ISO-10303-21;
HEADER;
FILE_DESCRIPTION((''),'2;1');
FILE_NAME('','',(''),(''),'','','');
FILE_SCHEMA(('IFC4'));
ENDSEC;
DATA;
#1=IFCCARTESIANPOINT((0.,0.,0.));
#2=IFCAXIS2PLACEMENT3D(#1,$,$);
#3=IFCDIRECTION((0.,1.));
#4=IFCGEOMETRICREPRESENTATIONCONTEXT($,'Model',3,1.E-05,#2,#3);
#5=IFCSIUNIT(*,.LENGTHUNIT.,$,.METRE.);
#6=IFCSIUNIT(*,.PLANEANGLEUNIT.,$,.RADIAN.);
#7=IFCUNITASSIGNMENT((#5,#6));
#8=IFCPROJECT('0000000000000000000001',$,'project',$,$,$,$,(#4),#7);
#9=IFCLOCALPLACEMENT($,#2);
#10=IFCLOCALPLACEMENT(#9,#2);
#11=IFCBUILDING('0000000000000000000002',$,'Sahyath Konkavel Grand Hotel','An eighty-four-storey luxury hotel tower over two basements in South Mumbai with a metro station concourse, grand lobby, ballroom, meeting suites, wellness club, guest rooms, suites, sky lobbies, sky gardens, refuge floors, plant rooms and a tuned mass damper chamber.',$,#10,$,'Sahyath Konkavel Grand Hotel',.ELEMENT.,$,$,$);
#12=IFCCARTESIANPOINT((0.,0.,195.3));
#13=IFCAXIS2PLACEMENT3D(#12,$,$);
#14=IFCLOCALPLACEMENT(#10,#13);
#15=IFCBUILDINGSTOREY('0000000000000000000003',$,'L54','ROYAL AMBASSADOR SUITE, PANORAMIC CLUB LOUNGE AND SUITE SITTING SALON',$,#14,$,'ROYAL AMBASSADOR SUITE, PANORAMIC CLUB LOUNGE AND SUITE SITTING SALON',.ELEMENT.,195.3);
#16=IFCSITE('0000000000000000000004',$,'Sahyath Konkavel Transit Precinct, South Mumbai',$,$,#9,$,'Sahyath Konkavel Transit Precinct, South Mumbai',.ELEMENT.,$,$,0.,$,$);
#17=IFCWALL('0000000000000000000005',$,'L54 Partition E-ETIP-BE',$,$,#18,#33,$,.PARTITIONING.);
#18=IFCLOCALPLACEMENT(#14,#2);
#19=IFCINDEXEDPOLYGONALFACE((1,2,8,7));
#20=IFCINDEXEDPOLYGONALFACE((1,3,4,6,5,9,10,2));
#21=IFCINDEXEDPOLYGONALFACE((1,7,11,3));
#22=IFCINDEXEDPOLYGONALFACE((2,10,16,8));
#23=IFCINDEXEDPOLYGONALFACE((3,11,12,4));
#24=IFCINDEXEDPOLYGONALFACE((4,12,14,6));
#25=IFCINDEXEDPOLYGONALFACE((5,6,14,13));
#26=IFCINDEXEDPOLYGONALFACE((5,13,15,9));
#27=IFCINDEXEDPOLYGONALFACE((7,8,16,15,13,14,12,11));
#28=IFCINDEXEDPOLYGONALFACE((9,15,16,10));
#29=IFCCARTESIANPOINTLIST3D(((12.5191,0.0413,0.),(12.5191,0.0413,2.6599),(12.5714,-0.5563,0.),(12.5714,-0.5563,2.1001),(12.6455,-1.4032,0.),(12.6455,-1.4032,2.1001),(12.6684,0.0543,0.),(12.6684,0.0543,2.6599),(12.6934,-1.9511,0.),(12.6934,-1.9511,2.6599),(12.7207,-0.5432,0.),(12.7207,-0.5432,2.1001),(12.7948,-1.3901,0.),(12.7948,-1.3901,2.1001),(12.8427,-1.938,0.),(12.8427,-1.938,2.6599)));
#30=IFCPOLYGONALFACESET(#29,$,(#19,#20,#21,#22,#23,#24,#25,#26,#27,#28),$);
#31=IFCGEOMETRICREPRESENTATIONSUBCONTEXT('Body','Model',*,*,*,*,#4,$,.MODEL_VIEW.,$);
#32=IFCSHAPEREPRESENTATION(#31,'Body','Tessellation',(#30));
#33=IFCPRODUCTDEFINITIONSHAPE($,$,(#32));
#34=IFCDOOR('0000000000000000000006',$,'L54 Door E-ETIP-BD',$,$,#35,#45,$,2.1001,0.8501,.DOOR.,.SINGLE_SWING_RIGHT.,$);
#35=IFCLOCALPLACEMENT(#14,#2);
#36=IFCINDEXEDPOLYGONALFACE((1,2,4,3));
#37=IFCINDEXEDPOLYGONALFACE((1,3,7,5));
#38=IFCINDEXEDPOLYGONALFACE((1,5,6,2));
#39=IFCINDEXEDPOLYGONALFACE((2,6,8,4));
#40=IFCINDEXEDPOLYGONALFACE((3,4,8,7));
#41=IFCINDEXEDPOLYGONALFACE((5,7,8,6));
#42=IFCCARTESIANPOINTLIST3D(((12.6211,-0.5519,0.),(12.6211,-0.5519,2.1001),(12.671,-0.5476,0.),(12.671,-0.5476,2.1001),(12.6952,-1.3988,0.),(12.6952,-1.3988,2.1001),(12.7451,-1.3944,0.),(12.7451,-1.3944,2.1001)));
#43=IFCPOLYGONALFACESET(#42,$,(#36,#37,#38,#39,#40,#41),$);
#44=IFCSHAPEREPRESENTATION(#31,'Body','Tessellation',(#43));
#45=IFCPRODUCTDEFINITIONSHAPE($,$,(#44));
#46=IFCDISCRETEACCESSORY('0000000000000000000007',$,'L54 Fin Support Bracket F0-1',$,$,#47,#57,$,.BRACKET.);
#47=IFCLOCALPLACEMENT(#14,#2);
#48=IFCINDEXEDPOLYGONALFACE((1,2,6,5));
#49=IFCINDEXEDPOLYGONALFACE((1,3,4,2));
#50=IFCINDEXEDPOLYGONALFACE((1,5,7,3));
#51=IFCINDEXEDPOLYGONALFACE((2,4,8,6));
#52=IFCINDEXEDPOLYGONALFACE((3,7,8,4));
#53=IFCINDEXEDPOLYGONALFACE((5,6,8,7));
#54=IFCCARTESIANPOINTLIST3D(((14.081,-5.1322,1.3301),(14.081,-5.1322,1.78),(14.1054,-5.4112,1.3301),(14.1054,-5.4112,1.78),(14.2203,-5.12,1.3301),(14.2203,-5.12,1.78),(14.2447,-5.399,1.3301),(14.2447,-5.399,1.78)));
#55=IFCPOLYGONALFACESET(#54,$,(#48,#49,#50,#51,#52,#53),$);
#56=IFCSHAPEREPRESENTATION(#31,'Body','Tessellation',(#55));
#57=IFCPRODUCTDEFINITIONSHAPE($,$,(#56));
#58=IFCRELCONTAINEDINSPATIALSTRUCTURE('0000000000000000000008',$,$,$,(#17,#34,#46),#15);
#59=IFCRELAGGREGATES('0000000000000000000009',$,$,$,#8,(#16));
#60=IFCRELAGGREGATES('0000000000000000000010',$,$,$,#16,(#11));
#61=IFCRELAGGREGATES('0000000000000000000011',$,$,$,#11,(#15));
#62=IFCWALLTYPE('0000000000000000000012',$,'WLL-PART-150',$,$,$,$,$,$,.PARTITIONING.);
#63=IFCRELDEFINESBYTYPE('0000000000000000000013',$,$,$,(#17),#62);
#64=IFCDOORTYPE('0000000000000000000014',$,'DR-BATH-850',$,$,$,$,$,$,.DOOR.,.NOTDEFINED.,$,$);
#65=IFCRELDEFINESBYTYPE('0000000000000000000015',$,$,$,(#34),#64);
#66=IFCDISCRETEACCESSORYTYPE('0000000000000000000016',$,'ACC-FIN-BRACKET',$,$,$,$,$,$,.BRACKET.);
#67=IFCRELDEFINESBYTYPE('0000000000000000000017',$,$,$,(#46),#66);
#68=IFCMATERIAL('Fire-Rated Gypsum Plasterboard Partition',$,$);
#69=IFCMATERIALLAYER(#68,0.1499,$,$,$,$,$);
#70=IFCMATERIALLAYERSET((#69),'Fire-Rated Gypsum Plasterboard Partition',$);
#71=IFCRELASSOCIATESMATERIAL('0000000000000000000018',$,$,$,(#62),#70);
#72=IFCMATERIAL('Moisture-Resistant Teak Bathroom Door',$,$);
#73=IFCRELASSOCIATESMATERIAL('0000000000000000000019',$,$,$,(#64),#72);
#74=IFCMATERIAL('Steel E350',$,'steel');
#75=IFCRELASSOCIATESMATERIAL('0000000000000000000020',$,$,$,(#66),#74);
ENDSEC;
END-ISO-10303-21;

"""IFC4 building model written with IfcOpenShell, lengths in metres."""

from ifc_helpers import new_model, si_unit, direction, frame, frame_2d, origin, origin_2d, place, context, subcontext, project, spatial, rectangle, extrude, source, transform, mapped, material, layer, layer_set, type_object, element, fill, save


model = new_model("IFC4")

# Units and contexts
model_context = context("Model", 3, precision=1e-05, world=origin(), true_north=direction((0.0, 1.0)))
body_context = subcontext(model_context, "Body", "Model", "MODEL_VIEW")
ifc_project = project(units=[si_unit("LENGTHUNIT", "METRE"), si_unit("PLANEANGLEUNIT", "RADIAN")], contexts=[model_context])

# Site, building, storey
site_placement = place(None, origin())
site = spatial("IfcSite", under=ifc_project, at=site_placement, Name="Sahyath Konkavel Transit Precinct, South Mumbai", LongName="Sahyath Konkavel Transit Precinct, South Mumbai", CompositionType="ELEMENT", RefElevation=0.0)
building_placement = place(site_placement, origin())
building = spatial("IfcBuilding", under=site, at=building_placement, Name="Sahyath Konkavel Grand Hotel", Description="An eighty-four-storey luxury hotel tower over two basements in South Mumbai with a metro station concourse, grand lobby, ballroom, meeting suites, wellness club, guest rooms, suites, sky lobbies, sky gardens, refuge floors, plant rooms and a tuned mass damper chamber.", LongName="Sahyath Konkavel Grand Hotel", CompositionType="ELEMENT")
storey_placement = place(building_placement, frame((0.0, 0.0, 195.3)))
storey = spatial("IfcBuildingStorey", under=building, at=storey_placement, Name="L54", Description="ROYAL AMBASSADOR SUITE, PANORAMIC CLUB LOUNGE AND SUITE SITTING SALON", LongName="ROYAL AMBASSADOR SUITE, PANORAMIC CLUB LOUNGE AND SUITE SITTING SALON", CompositionType="ELEMENT", Elevation=195.3)

# Shared definitions
ifc_material_1 = material(Name="Steel E350", Category="steel")

# Shared definitions
ifc_material_2 = material(Name="Fire-Rated Gypsum Plasterboard Partition")
ifc_layer_1 = layer(ifc_material_2, 0.1499)
ifc_layer_set_1 = layer_set([ifc_layer_1], Name="Fire-Rated Gypsum Plasterboard Partition")
wall_type_1 = type_object("IfcWallType", Name="WLL-PART-150", PredefinedType="PARTITIONING", material=ifc_layer_set_1)
shared_shape_1 = source(origin(), body_context, "Body", "SweptSolid", [
    extrude(rectangle(XDim=0.8501, YDim=0.05, at=origin_2d()), origin(), (0.0, 0.0, 1.0), 2.1001),
])

# Wall, opening, door
wall_1_placement = place(storey_placement, frame((12.7681, -1.9446, 0.0), z_axis=(0.0, 0.0, 1.0), x_axis=(-0.087156, 0.996195, 0.0)))
wall_1 = element("IfcWall", 1, at=wall_1_placement, inside=storey, type_object=wall_type_1, Name="L54 Partition E-ETIP-BE", PredefinedType="PARTITIONING", context=body_context, shape_type="SweptSolid", body=[
    extrude(rectangle(XDim=2.0, YDim=0.1499, at=frame_2d((1.0, 0.0))), origin(), (0.0, 0.0, 1.0), 2.6599),
])
opening_1_placement = place(wall_1_placement, frame((0.55, 0.0, 0.0)))
opening_1 = element("IfcOpeningElement", 2, at=opening_1_placement, cuts=wall_1, PredefinedType="OPENING", context=body_context, shape_type="SweptSolid", body=[
    extrude(rectangle(XDim=0.8501, YDim=2.1001, at=frame_2d((0.425, 1.05))), frame((0.0, 0.085, 0.0), z_axis=(0.0, -1.0, 0.0), x_axis=(1.0, 0.0, 0.0)), (0.0, 0.0, 1.0), 0.1699),
])
ifc_material_3 = material(Name="Moisture-Resistant Teak Bathroom Door")
door_type_1 = type_object("IfcDoorType", Name="DR-BATH-850", OperationType="NOTDEFINED", PredefinedType="DOOR", material=ifc_material_3)
door_1_placement = place(opening_1_placement, frame((0.425, 0.0, 0.0)))
door_1 = element("IfcDoor", 3, at=door_1_placement, inside=storey, type_object=door_type_1, Name="L54 Door E-ETIP-BD", OperationType="SINGLE_SWING_RIGHT", OverallHeight=2.1001, OverallWidth=0.8501, PredefinedType="DOOR", context=body_context, shape_type="MappedRepresentation", body=[
    mapped(shared_shape_1, transform((0.0, 0.0, 0.0), scale=1.0)),
])
fill(opening_1, door_1)

# Discrete accessory
discrete_accessory_type = type_object("IfcDiscreteAccessoryType", Name="ACC-FIN-BRACKET", PredefinedType="BRACKET", material=ifc_material_1)
shared_shape_2 = source(origin(), body_context, "Body", "SweptSolid", [
    extrude(rectangle(XDim=0.28, YDim=0.1399, at=origin_2d()), origin(), (0.0, 0.0, 1.0), 0.45),
])
discrete_accessory_placement = place(storey_placement, frame((14.1628, -5.2656, 1.3301), z_axis=(0.0, 0.0, 1.0), x_axis=(0.087156, -0.996195, 0.0)))
element("IfcDiscreteAccessory", 4, at=discrete_accessory_placement, inside=storey, type_object=discrete_accessory_type, Name="L54 Fin Support Bracket F0-1", PredefinedType="BRACKET", context=body_context, shape_type="MappedRepresentation", body=[
    mapped(shared_shape_2, transform((0.0, 0.0, 0.0), scale=1.0)),
])

save(model, "model.ifc")
